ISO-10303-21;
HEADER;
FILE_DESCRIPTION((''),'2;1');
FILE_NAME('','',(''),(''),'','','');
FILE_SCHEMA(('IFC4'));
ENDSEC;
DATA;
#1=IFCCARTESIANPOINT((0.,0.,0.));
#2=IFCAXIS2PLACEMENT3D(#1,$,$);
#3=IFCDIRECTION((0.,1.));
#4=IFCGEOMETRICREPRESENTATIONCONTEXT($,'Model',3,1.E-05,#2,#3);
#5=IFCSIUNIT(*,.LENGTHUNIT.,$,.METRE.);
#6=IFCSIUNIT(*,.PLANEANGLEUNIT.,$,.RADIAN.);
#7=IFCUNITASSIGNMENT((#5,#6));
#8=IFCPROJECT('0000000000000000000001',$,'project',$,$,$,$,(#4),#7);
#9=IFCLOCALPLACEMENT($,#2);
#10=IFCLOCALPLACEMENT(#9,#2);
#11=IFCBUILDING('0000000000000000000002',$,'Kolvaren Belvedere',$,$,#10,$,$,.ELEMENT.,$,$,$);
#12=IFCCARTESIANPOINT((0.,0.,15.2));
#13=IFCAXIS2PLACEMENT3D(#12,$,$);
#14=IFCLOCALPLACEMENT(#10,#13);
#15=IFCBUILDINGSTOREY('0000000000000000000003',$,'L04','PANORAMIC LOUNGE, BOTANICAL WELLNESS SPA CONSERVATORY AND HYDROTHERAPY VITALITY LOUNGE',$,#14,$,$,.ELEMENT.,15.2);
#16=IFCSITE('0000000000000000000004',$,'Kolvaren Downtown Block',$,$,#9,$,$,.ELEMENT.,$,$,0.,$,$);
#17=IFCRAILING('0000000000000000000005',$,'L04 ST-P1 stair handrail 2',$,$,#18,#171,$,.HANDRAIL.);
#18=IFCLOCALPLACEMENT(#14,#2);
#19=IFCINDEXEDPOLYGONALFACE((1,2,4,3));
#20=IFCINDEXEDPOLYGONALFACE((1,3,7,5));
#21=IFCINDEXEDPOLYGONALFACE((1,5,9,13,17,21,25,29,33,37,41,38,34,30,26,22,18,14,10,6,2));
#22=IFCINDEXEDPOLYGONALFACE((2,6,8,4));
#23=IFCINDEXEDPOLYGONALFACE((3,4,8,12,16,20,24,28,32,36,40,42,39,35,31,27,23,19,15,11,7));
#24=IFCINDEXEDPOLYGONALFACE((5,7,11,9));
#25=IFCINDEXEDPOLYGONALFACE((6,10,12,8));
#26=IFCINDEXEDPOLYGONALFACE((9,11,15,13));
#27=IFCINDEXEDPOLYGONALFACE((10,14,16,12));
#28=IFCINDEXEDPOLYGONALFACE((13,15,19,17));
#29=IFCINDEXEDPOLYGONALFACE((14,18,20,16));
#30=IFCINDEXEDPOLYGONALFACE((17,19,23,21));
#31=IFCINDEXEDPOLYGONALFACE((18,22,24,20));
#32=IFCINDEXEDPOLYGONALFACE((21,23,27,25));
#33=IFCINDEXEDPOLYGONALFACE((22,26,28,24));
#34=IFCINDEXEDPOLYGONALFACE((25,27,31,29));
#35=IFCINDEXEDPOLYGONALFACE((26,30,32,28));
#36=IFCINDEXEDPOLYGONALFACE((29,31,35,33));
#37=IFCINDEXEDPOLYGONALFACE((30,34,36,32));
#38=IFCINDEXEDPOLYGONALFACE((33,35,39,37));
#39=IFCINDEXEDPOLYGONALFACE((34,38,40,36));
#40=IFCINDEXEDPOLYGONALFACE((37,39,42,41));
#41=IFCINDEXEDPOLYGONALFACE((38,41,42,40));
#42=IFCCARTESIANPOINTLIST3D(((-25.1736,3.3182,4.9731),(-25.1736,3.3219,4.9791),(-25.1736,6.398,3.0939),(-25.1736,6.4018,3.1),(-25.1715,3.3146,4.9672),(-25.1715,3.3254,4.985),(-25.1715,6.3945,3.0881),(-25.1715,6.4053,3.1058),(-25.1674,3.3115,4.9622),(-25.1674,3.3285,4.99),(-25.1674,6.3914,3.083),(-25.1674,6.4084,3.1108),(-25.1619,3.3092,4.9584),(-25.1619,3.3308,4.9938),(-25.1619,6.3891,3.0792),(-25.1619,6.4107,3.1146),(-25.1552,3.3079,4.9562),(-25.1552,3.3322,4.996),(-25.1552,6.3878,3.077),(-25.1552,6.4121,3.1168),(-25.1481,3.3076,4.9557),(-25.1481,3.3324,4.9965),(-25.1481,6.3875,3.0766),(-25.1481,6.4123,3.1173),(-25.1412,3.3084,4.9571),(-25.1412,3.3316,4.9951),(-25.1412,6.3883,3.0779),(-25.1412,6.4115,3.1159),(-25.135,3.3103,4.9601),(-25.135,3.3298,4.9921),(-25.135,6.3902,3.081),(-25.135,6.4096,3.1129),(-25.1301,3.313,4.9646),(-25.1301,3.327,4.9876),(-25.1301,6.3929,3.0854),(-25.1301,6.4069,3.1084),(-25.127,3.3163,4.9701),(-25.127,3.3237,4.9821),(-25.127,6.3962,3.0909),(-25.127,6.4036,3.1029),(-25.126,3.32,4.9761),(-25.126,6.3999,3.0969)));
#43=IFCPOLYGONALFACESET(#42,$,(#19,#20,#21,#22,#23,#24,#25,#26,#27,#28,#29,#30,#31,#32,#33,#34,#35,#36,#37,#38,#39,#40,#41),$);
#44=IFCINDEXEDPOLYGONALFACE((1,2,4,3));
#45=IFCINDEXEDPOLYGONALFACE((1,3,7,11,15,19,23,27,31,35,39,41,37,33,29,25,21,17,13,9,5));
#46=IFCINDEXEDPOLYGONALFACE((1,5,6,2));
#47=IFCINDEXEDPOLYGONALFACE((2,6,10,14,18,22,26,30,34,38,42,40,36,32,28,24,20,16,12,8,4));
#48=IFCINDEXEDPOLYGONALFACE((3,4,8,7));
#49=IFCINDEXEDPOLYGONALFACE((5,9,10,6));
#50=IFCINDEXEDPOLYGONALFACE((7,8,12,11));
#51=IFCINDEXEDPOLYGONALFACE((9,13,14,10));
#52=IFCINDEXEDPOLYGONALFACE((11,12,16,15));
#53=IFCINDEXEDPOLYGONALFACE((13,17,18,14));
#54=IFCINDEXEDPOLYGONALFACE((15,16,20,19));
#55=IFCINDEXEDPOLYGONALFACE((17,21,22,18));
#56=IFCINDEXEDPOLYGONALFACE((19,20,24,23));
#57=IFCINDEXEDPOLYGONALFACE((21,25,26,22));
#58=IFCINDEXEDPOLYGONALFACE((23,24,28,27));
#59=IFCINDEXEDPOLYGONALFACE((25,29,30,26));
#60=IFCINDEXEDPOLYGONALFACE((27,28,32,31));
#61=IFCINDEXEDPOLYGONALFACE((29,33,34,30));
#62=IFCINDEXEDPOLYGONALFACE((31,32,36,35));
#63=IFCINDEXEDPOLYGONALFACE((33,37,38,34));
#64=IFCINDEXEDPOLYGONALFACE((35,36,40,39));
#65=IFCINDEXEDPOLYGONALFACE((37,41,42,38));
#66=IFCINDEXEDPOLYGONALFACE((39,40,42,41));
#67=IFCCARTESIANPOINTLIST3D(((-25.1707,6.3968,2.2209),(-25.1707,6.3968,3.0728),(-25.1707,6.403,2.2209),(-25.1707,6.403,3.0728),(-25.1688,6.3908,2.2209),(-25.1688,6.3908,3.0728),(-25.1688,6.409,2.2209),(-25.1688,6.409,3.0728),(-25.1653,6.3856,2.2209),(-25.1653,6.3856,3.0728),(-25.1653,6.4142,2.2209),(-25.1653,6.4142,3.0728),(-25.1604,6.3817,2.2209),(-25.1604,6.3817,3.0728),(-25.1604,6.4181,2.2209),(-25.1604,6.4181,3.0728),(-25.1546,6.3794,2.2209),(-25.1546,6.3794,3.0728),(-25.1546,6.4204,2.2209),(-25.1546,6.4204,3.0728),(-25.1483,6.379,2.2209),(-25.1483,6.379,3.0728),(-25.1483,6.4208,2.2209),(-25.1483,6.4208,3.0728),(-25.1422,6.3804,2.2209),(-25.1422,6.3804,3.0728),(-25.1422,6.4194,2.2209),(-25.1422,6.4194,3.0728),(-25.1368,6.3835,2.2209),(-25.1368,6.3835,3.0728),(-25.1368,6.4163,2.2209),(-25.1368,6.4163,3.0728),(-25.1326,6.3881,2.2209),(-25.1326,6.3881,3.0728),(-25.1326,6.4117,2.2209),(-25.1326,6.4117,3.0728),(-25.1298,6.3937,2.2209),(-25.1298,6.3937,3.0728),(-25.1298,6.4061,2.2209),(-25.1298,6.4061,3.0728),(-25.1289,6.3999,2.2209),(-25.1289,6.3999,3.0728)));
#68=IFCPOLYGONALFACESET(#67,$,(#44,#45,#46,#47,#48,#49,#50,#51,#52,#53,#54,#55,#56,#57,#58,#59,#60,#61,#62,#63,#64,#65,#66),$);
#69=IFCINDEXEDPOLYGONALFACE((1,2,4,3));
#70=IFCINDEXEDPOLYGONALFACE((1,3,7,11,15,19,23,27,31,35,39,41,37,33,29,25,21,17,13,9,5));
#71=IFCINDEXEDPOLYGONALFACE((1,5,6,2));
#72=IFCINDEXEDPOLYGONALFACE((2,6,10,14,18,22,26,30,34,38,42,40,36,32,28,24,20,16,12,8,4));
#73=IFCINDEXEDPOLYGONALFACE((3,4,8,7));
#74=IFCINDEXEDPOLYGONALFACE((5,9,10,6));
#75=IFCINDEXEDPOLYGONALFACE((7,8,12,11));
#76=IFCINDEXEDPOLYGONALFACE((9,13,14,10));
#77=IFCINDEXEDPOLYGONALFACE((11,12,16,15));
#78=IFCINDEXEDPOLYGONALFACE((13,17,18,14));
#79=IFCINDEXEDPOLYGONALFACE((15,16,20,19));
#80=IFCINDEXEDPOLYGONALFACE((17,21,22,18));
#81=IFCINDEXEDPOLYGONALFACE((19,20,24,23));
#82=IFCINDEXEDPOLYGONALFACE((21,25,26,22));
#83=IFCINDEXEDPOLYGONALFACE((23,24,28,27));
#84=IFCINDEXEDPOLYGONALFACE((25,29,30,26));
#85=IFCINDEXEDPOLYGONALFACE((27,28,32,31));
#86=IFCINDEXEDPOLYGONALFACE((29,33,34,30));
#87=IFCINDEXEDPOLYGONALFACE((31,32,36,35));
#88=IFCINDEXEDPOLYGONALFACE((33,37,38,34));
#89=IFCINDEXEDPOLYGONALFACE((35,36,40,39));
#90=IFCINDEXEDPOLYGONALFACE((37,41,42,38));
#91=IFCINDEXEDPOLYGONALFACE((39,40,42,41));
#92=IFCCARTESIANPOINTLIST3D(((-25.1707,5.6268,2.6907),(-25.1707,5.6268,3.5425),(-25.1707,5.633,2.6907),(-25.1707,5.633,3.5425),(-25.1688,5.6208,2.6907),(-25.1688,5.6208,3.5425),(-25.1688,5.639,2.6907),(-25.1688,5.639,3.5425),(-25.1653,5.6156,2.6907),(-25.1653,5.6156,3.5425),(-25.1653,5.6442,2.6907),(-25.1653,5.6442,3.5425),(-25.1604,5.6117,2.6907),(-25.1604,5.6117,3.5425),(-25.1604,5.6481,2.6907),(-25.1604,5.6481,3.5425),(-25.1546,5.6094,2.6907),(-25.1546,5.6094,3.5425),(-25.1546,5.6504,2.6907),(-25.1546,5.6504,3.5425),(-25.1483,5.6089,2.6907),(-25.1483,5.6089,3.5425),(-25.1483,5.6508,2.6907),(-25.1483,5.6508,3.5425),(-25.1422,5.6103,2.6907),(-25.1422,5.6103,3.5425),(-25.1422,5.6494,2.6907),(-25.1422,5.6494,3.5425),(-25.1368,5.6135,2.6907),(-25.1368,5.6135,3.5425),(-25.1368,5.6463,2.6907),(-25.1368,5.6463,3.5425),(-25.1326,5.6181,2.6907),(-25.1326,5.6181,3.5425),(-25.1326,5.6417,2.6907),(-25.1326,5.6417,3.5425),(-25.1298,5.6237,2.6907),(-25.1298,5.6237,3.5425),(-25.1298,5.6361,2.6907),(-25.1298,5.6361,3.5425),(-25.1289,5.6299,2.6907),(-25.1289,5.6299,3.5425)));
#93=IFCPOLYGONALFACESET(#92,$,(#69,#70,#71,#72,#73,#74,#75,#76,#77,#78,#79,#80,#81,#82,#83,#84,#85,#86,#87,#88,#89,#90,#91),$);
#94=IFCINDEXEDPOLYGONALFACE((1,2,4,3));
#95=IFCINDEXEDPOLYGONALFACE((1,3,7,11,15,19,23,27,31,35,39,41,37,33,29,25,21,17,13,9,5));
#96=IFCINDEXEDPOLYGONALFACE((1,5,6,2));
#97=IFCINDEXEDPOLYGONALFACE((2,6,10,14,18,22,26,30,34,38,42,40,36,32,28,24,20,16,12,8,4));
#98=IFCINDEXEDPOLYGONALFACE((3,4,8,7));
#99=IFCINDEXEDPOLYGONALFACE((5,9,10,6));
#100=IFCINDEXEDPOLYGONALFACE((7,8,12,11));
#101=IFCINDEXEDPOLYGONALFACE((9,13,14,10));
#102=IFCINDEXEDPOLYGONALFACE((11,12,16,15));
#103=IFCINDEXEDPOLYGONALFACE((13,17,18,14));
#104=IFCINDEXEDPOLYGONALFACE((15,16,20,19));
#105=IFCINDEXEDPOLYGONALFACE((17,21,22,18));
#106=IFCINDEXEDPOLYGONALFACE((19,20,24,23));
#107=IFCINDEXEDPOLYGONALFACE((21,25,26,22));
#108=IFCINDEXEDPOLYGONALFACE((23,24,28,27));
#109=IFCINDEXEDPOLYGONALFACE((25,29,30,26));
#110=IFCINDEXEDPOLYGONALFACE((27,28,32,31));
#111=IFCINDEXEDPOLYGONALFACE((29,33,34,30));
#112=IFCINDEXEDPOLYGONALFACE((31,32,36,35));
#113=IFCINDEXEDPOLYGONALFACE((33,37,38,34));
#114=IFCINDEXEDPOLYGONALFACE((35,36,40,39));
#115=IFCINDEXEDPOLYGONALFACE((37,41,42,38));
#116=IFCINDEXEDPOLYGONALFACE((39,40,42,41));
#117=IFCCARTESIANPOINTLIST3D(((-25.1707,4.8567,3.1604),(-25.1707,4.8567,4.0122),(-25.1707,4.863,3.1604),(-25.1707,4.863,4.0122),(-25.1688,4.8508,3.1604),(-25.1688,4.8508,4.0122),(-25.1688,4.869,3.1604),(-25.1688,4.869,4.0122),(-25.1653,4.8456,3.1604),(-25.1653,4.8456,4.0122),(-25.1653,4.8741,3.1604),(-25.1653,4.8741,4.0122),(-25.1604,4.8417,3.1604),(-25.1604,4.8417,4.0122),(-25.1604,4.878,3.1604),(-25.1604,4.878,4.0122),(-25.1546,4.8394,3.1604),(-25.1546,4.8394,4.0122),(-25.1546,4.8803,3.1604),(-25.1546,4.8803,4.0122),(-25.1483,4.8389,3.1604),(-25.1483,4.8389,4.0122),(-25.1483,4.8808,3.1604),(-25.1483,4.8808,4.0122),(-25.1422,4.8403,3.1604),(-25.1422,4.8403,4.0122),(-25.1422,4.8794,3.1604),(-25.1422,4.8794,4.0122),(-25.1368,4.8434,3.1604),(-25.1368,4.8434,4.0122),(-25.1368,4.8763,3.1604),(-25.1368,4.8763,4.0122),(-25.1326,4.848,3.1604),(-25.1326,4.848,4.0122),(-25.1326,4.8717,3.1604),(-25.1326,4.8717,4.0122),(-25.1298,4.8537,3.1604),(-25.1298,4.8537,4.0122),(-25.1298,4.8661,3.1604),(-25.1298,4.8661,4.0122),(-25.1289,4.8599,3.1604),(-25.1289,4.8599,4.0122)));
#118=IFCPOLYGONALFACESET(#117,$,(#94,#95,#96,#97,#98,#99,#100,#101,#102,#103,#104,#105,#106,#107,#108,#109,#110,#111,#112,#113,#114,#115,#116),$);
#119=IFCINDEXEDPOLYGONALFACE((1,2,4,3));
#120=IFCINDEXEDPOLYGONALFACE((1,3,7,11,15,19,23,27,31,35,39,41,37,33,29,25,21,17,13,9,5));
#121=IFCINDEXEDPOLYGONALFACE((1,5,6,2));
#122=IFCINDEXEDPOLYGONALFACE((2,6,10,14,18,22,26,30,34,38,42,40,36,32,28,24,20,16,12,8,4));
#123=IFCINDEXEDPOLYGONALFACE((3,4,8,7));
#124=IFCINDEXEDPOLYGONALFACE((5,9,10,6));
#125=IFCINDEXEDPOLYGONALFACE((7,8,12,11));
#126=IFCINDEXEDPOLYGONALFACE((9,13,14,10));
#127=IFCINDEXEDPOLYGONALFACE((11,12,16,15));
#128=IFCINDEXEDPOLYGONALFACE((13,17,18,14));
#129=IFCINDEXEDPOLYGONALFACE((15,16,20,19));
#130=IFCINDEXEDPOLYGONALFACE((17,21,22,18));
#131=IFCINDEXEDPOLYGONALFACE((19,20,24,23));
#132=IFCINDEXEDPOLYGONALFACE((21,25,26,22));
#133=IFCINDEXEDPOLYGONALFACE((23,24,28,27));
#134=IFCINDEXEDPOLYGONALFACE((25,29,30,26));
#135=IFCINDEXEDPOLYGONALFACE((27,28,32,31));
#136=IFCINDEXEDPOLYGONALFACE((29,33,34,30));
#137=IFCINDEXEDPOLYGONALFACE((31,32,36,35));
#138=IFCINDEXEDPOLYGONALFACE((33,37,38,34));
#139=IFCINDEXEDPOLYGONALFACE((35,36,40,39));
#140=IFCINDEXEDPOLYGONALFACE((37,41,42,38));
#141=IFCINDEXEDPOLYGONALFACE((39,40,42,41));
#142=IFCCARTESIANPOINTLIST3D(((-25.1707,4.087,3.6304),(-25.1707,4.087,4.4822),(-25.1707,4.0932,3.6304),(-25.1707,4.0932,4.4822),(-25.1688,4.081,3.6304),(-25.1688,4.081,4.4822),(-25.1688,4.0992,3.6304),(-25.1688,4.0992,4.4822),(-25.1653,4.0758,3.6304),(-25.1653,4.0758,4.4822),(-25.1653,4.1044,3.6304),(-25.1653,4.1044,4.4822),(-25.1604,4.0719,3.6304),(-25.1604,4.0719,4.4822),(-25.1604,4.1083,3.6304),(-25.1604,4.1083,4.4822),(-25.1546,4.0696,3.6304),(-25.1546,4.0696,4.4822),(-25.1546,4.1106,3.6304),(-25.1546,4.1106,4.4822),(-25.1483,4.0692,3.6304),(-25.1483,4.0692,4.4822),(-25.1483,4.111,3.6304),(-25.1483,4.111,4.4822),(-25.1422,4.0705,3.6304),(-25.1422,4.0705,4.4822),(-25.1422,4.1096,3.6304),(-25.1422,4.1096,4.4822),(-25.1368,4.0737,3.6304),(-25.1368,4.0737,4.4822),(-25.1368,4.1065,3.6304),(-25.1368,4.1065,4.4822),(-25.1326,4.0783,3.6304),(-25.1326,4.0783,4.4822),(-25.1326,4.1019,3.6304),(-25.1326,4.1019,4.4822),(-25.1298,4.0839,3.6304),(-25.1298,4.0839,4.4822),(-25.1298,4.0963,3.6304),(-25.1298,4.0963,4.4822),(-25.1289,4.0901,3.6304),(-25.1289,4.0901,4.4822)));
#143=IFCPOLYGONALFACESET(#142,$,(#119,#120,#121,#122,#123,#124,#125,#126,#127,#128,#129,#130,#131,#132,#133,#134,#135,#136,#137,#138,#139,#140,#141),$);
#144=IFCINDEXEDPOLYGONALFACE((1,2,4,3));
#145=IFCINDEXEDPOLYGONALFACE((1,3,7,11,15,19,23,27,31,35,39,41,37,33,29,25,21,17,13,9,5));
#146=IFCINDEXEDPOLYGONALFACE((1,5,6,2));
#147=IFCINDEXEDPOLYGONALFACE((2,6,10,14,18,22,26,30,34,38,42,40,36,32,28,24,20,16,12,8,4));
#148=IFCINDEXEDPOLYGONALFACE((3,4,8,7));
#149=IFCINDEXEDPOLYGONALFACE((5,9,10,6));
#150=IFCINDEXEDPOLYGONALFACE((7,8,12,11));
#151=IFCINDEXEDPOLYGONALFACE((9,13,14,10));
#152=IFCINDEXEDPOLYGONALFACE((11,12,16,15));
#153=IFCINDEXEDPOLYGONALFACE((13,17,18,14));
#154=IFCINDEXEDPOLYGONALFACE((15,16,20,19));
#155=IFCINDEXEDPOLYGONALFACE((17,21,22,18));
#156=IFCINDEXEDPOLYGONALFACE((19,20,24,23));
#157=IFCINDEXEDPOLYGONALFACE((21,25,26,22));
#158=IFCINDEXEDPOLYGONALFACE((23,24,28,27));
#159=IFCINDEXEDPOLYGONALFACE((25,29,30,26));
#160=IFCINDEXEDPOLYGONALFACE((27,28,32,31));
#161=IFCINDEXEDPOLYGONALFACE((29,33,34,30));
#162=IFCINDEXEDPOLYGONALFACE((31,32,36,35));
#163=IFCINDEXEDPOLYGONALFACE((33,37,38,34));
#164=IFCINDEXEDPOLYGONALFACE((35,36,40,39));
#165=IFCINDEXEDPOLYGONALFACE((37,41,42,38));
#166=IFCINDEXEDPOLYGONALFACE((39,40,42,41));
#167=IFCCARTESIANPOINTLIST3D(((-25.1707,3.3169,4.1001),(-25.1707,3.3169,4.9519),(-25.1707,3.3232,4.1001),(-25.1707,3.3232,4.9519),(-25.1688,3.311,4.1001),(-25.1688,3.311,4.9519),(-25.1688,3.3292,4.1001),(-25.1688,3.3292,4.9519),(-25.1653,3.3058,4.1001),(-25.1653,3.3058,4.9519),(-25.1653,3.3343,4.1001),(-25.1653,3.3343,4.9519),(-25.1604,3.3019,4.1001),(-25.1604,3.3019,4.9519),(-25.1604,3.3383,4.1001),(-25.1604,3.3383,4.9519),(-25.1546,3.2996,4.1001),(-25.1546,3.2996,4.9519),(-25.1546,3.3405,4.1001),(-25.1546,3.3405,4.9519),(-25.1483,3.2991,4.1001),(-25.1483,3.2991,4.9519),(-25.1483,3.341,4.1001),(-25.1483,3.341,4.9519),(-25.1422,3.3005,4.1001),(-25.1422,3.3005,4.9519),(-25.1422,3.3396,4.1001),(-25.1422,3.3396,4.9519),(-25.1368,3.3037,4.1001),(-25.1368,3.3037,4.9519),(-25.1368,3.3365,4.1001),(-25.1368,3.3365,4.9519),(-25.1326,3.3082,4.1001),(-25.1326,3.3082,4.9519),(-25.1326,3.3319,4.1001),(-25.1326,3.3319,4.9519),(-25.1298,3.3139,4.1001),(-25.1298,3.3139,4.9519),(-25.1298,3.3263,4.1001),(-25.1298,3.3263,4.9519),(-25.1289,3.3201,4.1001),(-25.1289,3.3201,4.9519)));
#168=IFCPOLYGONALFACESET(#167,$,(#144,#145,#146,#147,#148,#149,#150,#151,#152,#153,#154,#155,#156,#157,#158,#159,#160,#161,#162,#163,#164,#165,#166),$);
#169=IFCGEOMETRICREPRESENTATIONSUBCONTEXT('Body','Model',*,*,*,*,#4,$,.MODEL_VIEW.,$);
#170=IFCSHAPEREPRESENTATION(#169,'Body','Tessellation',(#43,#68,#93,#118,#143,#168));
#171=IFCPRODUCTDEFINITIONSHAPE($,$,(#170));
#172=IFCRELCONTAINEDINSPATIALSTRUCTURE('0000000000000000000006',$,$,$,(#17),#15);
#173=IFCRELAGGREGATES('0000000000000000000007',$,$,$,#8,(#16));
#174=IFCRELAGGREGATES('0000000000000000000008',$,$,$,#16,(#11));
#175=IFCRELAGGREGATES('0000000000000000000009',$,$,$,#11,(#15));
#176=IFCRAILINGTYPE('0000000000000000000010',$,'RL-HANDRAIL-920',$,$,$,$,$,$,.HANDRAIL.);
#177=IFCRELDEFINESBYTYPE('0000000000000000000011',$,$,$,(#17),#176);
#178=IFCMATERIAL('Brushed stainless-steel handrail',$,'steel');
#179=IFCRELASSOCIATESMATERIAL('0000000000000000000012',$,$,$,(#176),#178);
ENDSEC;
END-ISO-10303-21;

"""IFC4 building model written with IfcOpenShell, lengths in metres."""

from ifc_helpers import new_model, si_unit, direction, frame, origin, origin_2d, place, context, subcontext, project, spatial, circle, extrude, material, type_object, element, save


model = new_model("IFC4")

# Units and contexts
model_context = context("Model", 3, precision=1e-05, world=origin(), true_north=direction((0.0, 1.0)))
body_context = subcontext(model_context, "Body", "Model", "MODEL_VIEW")
ifc_project = project(units=[si_unit("LENGTHUNIT", "METRE"), si_unit("PLANEANGLEUNIT", "RADIAN")], contexts=[model_context])

# Site, building, storey
site_placement = place(None, origin())
site = spatial("IfcSite", under=ifc_project, at=site_placement, Name="Kolvaren Downtown Block", CompositionType="ELEMENT", RefElevation=0.0)
building_placement = place(site_placement, origin())
building = spatial("IfcBuilding", under=site, at=building_placement, Name="Kolvaren Belvedere", CompositionType="ELEMENT")
storey_placement = place(building_placement, frame((0.0, 0.0, 15.2)))
storey = spatial("IfcBuildingStorey", under=building, at=storey_placement, Name="L04", Description="PANORAMIC LOUNGE, BOTANICAL WELLNESS SPA CONSERVATORY AND HYDROTHERAPY VITALITY LOUNGE", CompositionType="ELEMENT", Elevation=15.2)

# Railing
ifc_material_1 = material(Name="Brushed stainless-steel handrail", Category="steel")
railing_type_1 = type_object("IfcRailingType", Name="RL-HANDRAIL-920", PredefinedType="HANDRAIL", material=ifc_material_1)
railing_1_placement = place(storey_placement, frame((-25.1499, 6.3999, 2.2209)))
element("IfcRailing", 1, at=railing_1_placement, inside=storey, type_object=railing_type_1, Name="L04 ST-P1 stair handrail 2", PredefinedType="HANDRAIL", context=body_context, shape_type="SweptSolid", body=[
    extrude(circle(Radius=0.0239, at=origin_2d()), frame((0.0, 0.0, 0.876), z_axis=(0.0, -0.853648, 0.52085), x_axis=(1.0, 0.0, 0.0)), (0.0, 0.0, 1.0), 3.6079),
    extrude(circle(Radius=0.021, at=origin_2d()), origin(), (0.0, 0.0, 1.0), 0.8518),
    extrude(circle(Radius=0.021, at=origin_2d()), frame((0.0, -0.77, 0.4697)), (0.0, 0.0, 1.0), 0.8518),
    extrude(circle(Radius=0.021, at=origin_2d()), frame((0.0, -1.54, 0.9395)), (0.0, 0.0, 1.0), 0.8518),
    extrude(circle(Radius=0.021, at=origin_2d()), frame((0.0, -2.3098, 1.4094)), (0.0, 0.0, 1.0), 0.8518),
    extrude(circle(Radius=0.021, at=origin_2d()), frame((0.0, -3.0798, 1.8792)), (0.0, 0.0, 1.0), 0.8518),
])

save(model, "model.ifc")
